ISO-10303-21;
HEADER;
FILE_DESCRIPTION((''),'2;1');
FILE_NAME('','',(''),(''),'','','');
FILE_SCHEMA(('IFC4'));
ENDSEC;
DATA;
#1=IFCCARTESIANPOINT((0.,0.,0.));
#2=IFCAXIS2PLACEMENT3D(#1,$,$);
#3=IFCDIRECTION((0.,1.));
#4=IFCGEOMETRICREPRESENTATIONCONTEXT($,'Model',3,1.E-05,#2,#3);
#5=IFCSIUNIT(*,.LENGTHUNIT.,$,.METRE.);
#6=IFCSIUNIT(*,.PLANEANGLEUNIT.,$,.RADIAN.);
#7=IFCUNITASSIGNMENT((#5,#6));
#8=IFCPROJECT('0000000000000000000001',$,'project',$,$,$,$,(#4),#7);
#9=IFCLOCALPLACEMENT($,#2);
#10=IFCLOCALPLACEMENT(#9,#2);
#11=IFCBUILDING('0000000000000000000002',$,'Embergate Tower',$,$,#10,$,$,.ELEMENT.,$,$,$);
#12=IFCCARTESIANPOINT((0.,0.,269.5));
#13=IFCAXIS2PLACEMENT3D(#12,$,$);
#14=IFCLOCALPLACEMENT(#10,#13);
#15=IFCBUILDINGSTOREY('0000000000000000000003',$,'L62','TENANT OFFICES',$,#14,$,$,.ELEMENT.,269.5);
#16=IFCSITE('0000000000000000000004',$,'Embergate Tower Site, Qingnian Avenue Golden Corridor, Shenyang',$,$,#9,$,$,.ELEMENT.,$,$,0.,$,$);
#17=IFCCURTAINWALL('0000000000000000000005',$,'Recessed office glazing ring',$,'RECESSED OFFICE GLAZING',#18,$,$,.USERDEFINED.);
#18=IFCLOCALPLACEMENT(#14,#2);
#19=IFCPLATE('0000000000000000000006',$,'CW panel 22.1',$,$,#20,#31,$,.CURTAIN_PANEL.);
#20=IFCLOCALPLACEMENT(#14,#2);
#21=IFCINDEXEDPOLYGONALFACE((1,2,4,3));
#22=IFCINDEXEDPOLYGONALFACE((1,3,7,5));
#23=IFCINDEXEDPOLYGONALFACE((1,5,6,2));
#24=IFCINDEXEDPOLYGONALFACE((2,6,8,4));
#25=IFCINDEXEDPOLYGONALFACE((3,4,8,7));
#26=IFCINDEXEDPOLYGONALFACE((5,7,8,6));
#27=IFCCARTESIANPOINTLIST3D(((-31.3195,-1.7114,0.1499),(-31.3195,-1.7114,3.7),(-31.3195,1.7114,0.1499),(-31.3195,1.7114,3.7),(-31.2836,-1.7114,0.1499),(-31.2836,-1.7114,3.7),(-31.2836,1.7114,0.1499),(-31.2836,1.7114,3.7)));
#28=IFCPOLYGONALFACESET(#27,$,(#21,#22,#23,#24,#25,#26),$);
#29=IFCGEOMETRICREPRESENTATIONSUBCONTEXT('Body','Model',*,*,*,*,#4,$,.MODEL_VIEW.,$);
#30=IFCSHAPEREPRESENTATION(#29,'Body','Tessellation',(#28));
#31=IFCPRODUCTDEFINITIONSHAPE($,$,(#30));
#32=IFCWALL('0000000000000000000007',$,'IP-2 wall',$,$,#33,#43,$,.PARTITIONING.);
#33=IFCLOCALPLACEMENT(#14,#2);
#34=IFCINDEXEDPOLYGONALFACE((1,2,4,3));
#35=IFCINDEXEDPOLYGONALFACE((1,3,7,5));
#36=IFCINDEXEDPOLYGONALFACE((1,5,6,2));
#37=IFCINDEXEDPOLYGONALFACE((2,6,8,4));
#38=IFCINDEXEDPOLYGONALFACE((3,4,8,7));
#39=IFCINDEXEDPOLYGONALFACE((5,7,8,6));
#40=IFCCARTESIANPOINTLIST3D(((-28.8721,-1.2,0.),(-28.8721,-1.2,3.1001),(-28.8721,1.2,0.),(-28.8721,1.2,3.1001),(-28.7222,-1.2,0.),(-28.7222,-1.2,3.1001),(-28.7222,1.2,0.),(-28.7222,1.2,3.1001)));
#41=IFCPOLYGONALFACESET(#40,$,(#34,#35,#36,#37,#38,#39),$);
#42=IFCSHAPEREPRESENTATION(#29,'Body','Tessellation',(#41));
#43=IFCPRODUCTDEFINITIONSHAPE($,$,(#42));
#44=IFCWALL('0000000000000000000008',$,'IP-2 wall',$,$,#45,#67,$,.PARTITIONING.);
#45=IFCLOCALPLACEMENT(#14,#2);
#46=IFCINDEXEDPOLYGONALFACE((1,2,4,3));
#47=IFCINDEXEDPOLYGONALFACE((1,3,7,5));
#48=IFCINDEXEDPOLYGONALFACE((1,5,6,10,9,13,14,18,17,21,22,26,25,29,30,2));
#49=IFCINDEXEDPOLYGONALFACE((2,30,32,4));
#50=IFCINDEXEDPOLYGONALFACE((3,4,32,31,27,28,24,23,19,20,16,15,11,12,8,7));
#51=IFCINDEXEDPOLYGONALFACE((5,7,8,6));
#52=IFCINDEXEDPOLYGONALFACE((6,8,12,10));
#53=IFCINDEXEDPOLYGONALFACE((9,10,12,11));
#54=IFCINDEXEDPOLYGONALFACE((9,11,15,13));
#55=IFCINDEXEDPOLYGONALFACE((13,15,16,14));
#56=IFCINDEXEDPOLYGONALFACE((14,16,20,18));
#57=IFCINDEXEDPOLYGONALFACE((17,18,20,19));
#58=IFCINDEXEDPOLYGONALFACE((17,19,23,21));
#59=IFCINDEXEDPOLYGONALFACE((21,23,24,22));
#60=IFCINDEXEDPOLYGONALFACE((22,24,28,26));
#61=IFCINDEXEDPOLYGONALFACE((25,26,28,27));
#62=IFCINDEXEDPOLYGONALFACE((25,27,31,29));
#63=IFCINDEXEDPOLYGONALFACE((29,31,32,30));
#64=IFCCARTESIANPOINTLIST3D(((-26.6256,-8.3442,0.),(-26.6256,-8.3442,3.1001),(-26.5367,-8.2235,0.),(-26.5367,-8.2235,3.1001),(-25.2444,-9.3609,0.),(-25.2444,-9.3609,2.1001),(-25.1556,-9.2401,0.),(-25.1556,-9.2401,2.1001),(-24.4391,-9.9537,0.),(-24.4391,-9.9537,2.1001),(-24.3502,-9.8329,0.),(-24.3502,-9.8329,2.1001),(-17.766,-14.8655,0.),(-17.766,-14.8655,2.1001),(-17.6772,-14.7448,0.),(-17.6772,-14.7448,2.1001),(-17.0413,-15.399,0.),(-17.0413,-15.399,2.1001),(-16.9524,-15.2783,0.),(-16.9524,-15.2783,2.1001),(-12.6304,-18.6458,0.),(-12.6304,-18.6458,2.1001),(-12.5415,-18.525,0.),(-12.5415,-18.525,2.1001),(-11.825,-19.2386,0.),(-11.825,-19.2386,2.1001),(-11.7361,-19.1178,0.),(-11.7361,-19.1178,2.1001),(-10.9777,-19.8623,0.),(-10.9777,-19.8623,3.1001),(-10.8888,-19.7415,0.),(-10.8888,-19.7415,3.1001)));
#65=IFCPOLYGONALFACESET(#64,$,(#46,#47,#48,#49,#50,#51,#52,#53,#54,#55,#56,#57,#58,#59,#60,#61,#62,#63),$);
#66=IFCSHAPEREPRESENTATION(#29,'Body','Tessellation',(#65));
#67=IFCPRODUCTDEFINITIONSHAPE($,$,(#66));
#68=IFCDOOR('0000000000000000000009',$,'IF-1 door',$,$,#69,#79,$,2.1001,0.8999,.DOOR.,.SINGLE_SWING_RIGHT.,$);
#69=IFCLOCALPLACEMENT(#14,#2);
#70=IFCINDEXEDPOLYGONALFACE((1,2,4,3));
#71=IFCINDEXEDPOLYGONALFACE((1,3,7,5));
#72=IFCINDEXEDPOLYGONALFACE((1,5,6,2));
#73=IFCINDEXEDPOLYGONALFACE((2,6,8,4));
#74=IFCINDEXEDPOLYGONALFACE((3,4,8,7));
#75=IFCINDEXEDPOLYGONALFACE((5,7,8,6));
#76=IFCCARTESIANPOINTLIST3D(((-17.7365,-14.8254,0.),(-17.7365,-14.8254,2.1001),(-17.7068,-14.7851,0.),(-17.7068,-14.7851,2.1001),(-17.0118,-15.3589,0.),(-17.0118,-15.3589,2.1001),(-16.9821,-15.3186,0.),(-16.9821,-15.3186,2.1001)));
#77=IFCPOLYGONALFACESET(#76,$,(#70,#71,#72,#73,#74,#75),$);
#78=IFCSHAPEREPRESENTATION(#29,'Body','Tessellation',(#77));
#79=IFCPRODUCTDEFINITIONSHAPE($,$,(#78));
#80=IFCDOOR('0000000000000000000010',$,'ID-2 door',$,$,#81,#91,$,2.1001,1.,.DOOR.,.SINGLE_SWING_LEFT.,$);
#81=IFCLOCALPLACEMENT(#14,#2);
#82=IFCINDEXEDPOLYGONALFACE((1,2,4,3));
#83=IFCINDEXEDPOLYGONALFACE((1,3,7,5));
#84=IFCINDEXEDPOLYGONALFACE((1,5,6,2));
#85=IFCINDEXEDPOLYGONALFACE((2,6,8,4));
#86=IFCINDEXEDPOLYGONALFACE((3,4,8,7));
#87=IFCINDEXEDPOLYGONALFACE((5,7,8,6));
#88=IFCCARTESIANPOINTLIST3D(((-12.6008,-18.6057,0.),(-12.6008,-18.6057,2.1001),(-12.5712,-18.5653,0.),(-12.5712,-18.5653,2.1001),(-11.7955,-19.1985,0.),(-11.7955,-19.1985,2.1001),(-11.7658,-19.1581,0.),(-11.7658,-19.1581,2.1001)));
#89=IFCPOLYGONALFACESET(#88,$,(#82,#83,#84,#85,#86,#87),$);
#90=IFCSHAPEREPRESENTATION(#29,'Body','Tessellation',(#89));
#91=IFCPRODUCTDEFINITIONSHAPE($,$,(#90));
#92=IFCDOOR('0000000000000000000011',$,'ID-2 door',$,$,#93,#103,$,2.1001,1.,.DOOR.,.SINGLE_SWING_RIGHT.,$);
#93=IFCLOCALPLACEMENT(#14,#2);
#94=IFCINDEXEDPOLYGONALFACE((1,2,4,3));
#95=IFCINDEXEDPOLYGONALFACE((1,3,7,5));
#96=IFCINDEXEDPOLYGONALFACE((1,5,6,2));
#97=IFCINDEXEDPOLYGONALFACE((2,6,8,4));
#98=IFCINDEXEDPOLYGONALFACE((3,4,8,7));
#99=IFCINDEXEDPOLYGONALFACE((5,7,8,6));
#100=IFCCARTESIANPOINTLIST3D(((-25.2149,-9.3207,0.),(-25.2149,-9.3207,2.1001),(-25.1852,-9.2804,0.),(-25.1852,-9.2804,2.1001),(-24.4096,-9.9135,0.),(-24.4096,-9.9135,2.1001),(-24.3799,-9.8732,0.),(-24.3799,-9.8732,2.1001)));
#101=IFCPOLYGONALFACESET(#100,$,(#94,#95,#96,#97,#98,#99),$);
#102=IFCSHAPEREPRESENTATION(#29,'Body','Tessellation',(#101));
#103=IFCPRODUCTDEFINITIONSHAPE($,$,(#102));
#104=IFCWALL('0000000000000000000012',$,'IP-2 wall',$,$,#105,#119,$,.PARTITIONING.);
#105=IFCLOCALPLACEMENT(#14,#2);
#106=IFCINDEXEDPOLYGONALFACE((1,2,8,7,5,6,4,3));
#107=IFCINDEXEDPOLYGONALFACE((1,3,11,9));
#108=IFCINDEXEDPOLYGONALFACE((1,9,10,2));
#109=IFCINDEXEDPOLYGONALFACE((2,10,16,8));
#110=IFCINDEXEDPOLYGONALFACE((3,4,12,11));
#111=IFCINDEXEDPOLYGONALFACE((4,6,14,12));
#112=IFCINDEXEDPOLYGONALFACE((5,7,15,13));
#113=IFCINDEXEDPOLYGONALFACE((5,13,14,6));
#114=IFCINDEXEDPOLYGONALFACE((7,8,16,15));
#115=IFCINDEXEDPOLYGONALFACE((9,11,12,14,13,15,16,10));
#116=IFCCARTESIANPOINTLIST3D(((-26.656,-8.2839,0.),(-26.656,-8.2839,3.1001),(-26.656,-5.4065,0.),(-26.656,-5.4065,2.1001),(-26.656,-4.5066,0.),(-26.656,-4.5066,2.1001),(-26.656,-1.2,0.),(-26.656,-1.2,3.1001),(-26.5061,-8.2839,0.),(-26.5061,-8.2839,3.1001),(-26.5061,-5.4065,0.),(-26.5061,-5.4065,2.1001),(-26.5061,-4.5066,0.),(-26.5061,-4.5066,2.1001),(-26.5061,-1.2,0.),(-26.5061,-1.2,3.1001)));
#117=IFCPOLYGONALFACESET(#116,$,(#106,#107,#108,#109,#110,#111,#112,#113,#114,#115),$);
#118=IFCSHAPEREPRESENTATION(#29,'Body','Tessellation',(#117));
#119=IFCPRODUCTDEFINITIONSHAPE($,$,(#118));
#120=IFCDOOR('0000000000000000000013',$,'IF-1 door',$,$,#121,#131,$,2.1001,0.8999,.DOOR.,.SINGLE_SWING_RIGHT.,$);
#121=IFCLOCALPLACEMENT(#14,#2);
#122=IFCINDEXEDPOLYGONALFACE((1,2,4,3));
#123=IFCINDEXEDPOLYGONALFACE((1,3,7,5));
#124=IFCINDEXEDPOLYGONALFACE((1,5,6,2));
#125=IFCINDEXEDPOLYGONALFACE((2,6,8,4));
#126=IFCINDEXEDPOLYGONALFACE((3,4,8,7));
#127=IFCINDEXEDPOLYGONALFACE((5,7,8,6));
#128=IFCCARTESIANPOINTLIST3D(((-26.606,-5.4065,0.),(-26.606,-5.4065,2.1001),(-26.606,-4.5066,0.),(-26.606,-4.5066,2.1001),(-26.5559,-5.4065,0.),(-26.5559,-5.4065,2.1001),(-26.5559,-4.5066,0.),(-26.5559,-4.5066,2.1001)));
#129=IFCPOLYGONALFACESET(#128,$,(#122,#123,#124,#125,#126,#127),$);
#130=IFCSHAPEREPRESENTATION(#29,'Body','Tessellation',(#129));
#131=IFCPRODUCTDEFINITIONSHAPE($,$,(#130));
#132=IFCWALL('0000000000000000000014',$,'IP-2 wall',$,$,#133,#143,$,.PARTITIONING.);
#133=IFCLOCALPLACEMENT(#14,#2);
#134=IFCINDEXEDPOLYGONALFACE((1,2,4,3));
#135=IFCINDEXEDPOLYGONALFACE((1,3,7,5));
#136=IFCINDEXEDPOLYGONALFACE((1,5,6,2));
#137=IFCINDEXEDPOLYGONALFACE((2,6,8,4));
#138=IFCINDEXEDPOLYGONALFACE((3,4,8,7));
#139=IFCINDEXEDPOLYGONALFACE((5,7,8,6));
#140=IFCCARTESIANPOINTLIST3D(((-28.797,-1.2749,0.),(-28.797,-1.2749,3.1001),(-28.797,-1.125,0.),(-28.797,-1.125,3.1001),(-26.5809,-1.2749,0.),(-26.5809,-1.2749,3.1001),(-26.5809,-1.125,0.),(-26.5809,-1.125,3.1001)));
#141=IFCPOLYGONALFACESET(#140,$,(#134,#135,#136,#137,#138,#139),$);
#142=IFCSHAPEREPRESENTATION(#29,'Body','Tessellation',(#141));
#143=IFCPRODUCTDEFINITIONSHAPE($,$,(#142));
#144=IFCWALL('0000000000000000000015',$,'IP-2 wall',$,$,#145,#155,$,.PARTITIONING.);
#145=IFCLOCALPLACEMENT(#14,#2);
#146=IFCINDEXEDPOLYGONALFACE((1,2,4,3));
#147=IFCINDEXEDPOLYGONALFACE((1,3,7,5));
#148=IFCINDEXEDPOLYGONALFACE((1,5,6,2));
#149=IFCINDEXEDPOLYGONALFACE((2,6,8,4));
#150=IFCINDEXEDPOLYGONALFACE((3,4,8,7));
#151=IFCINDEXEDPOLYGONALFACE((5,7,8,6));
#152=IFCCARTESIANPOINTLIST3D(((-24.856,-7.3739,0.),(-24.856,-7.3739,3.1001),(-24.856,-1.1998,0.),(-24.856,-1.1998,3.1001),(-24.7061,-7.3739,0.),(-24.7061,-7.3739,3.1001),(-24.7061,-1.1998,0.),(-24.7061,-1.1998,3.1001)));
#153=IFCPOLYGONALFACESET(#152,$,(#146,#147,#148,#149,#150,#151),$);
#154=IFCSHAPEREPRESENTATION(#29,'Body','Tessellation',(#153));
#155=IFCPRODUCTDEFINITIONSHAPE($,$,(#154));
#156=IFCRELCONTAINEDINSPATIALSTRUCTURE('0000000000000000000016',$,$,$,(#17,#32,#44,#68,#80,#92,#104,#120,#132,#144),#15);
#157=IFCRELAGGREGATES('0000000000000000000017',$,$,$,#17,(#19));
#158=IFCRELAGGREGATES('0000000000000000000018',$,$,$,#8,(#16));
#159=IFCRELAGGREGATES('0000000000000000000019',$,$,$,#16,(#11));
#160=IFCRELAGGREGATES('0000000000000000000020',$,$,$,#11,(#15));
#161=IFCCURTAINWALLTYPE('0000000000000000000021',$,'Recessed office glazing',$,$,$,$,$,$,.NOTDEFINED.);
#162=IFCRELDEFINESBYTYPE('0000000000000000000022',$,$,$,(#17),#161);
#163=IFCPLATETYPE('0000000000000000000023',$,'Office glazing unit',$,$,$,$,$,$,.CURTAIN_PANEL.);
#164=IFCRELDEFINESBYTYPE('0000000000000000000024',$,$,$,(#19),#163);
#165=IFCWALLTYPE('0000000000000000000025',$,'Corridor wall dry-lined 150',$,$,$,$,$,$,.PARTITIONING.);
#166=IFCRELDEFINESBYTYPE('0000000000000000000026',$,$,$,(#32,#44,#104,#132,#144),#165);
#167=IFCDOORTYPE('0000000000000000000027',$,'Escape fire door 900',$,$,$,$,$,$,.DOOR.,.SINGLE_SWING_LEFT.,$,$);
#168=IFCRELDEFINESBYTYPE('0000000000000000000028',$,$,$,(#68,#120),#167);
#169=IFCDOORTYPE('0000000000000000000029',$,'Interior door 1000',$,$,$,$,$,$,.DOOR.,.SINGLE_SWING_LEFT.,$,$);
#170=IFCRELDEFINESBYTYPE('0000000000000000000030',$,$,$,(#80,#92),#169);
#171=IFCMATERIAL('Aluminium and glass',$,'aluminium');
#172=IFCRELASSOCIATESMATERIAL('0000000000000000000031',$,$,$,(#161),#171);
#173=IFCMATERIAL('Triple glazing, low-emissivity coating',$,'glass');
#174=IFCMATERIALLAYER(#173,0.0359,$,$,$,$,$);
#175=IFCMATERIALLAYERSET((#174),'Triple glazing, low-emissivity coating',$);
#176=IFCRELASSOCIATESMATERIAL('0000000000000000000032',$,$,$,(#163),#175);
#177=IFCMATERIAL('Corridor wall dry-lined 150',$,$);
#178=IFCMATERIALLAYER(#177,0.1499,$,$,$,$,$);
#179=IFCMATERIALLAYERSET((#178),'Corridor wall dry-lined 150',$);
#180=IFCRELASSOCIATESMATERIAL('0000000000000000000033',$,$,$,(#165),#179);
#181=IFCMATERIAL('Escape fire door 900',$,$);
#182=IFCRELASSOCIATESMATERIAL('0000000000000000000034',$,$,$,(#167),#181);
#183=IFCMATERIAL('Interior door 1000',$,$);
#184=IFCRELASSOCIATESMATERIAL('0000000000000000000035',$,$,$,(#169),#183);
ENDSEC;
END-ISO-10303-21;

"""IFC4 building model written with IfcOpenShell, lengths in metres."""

from ifc_helpers import new_model, si_unit, direction, frame, frame_2d, origin, origin_2d, place, context, subcontext, project, spatial, rectangle, extrude, source, transform, mapped, material, layer, layer_set, type_object, element, fill, aggregate, save


model = new_model("IFC4")

# Units and contexts
model_context = context("Model", 3, precision=1e-05, world=origin(), true_north=direction((0.0, 1.0)))
body_context = subcontext(model_context, "Body", "Model", "MODEL_VIEW")
ifc_project = project(units=[si_unit("LENGTHUNIT", "METRE"), si_unit("PLANEANGLEUNIT", "RADIAN")], contexts=[model_context])

# Site, building, storey
site_placement = place(None, origin())
site = spatial("IfcSite", under=ifc_project, at=site_placement, Name="Embergate Tower Site, Qingnian Avenue Golden Corridor, Shenyang", CompositionType="ELEMENT", RefElevation=0.0)
building_placement = place(site_placement, origin())
building = spatial("IfcBuilding", under=site, at=building_placement, Name="Embergate Tower", CompositionType="ELEMENT")
storey_placement = place(building_placement, frame((0.0, 0.0, 269.5)))
storey = spatial("IfcBuildingStorey", under=building, at=storey_placement, Name="L62", Description="TENANT OFFICES", CompositionType="ELEMENT", Elevation=269.5)

# Curtain wall, plate
ifc_material_1 = material(Name="Aluminium and glass", Category="aluminium")
curtain_wall_type = type_object("IfcCurtainWallType", Name="Recessed office glazing", PredefinedType="NOTDEFINED", material=ifc_material_1)
curtain_wall_placement = place(storey_placement, origin())
curtain_wall = element("IfcCurtainWall", 1, at=curtain_wall_placement, inside=storey, type_object=curtain_wall_type, Name="Recessed office glazing ring", ObjectType="RECESSED OFFICE GLAZING", PredefinedType="USERDEFINED")
ifc_material_2 = material(Name="Triple glazing, low-emissivity coating", Category="glass")
ifc_layer_1 = layer(ifc_material_2, 0.0359)
ifc_layer_set_1 = layer_set([ifc_layer_1], Name="Triple glazing, low-emissivity coating")
plate_type = type_object("IfcPlateType", Name="Office glazing unit", PredefinedType="CURTAIN_PANEL", material=ifc_layer_set_1)
shared_shape_1 = source(origin(), body_context, "Body", "SweptSolid", [
    extrude(rectangle(XDim=3.4229, YDim=0.0359, at=origin_2d()), origin(), (0.0, 0.0, 1.0), 3.55),
])
plate_1_placement = place(storey_placement, frame((-31.3015, 0.0, 0.1499), z_axis=(0.0, 0.0, 1.0), x_axis=(0.0, -1.0, 0.0)))
plate_1 = element("IfcPlate", 2, at=plate_1_placement, type_object=plate_type, Name="CW panel 22.1", PredefinedType="CURTAIN_PANEL", context=body_context, shape_type="MappedRepresentation", body=[
    mapped(shared_shape_1, transform((0.0, 0.0, 0.0))),
])
aggregate(curtain_wall, [plate_1])

# Wall
ifc_material_3 = material(Name="Corridor wall dry-lined 150")
ifc_layer_2 = layer(ifc_material_3, 0.1499)
ifc_layer_set_2 = layer_set([ifc_layer_2], Name="Corridor wall dry-lined 150")
wall_type_1 = type_object("IfcWallType", Name="Corridor wall dry-lined 150", PredefinedType="PARTITIONING", material=ifc_layer_set_2)
shared_shape_2 = source(origin(), body_context, "Body", "SweptSolid", [
    extrude(rectangle(XDim=2.3999, YDim=0.1499, at=frame_2d((1.2, 0.0))), origin(), (0.0, 0.0, 1.0), 3.1001),
])
wall_1_placement = place(storey_placement, frame((-28.7971, -1.2, 0.0), z_axis=(0.0, 0.0, 1.0), x_axis=(0.0, 1.0, 0.0)))
element("IfcWall", 3, at=wall_1_placement, inside=storey, type_object=wall_type_1, Name="IP-2 wall", PredefinedType="PARTITIONING", context=body_context, shape_type="MappedRepresentation", body=[
    mapped(shared_shape_2, transform((0.0, 0.0, 0.0))),
])

# Wall, openings, doors
shared_shape_3 = source(origin(), body_context, "Body", "SweptSolid", [
    extrude(rectangle(XDim=19.4299, YDim=0.1499, at=frame_2d((9.7148, 0.0))), origin(), (0.0, 0.0, 1.0), 3.1001),
])
wall_2_placement = place(storey_placement, frame((-26.5811, -8.2839, 0.0), z_axis=(0.0, 0.0, 1.0), x_axis=(0.805351, -0.592799, 0.0)))
wall_2 = element("IfcWall", 4, at=wall_2_placement, inside=storey, type_object=wall_type_1, Name="IP-2 wall", PredefinedType="PARTITIONING", context=body_context, shape_type="MappedRepresentation", body=[
    mapped(shared_shape_3, transform((0.0, 0.0, 0.0))),
])
shared_shape_4 = source(origin(), body_context, "Body", "SweptSolid", [
    extrude(rectangle(XDim=0.8999, YDim=2.1001, at=frame_2d((0.45, 1.05))), frame((0.0, 0.085, 0.0), z_axis=(0.0, -1.0, 0.0), x_axis=(1.0, 0.0, 0.0)), (0.0, 0.0, 1.0), 0.1699),
])
opening_1_placement = place(wall_2_placement, frame((11.0007, 0.0, 0.0)))
opening_1 = element("IfcOpeningElement", 5, at=opening_1_placement, cuts=wall_2, PredefinedType="OPENING", context=body_context, shape_type="MappedRepresentation", body=[
    mapped(shared_shape_4, transform((0.0, 0.0, 0.0))),
])
shared_shape_5 = source(origin(), body_context, "Body", "SweptSolid", [
    extrude(rectangle(XDim=1.0, YDim=2.1001, at=frame_2d((0.5, 1.05))), frame((0.0, 0.085, 0.0), z_axis=(0.0, -1.0, 0.0), x_axis=(1.0, 0.0, 0.0)), (0.0, 0.0, 1.0), 0.1699),
])
opening_2_placement = place(wall_2_placement, frame((17.3777, 0.0, 0.0)))
opening_2 = element("IfcOpeningElement", 6, at=opening_2_placement, cuts=wall_2, PredefinedType="OPENING", context=body_context, shape_type="MappedRepresentation", body=[
    mapped(shared_shape_5, transform((0.0, 0.0, 0.0))),
])
opening_3_placement = place(wall_2_placement, frame((1.7148, 0.0, 0.0)))
opening_3 = element("IfcOpeningElement", 7, at=opening_3_placement, cuts=wall_2, PredefinedType="OPENING", context=body_context, shape_type="MappedRepresentation", body=[
    mapped(shared_shape_5, transform((0.0, 0.0, 0.0))),
])
ifc_material_4 = material(Name="Escape fire door 900")
door_type_1 = type_object("IfcDoorType", Name="Escape fire door 900", OperationType="SINGLE_SWING_LEFT", PredefinedType="DOOR", material=ifc_material_4)
shared_shape_6 = source(origin(), body_context, "Body", "SweptSolid", [
    extrude(rectangle(XDim=0.8999, YDim=2.1001, at=frame_2d((0.45, 1.05))), frame((0.0, 0.0249, 0.0), z_axis=(0.0, -1.0, 0.0), x_axis=(1.0, 0.0, 0.0)), (0.0, 0.0, 1.0), 0.05),
])
door_1_placement = place(opening_1_placement, origin())
door_1 = element("IfcDoor", 8, at=door_1_placement, inside=storey, type_object=door_type_1, Name="IF-1 door", OperationType="SINGLE_SWING_RIGHT", OverallHeight=2.1001, OverallWidth=0.8999, PredefinedType="DOOR", context=body_context, shape_type="MappedRepresentation", body=[
    mapped(shared_shape_6, transform((0.0, 0.0, 0.0))),
])
fill(opening_1, door_1)
ifc_material_5 = material(Name="Interior door 1000")
door_type_2 = type_object("IfcDoorType", Name="Interior door 1000", OperationType="SINGLE_SWING_LEFT", PredefinedType="DOOR", material=ifc_material_5)
shared_shape_7 = source(origin(), body_context, "Body", "SweptSolid", [
    extrude(rectangle(XDim=1.0, YDim=2.1001, at=frame_2d((0.5, 1.05))), frame((0.0, 0.0249, 0.0), z_axis=(0.0, -1.0, 0.0), x_axis=(1.0, 0.0, 0.0)), (0.0, 0.0, 1.0), 0.05),
])
door_2_placement = place(opening_2_placement, origin())
door_2 = element("IfcDoor", 9, at=door_2_placement, inside=storey, type_object=door_type_2, Name="ID-2 door", OperationType="SINGLE_SWING_LEFT", OverallHeight=2.1001, OverallWidth=1.0, PredefinedType="DOOR", context=body_context, shape_type="MappedRepresentation", body=[
    mapped(shared_shape_7, transform((0.0, 0.0, 0.0))),
])
fill(opening_2, door_2)
door_3_placement = place(opening_3_placement, origin())
door_3 = element("IfcDoor", 10, at=door_3_placement, inside=storey, type_object=door_type_2, Name="ID-2 door", OperationType="SINGLE_SWING_RIGHT", OverallHeight=2.1001, OverallWidth=1.0, PredefinedType="DOOR", context=body_context, shape_type="MappedRepresentation", body=[
    mapped(shared_shape_7, transform((0.0, 0.0, 0.0))),
])
fill(opening_3, door_3)

# Wall, opening, door
shared_shape_8 = source(origin(), body_context, "Body", "SweptSolid", [
    extrude(rectangle(XDim=7.084, YDim=0.1499, at=frame_2d((3.542, 0.0))), origin(), (0.0, 0.0, 1.0), 3.1001),
])
wall_3_placement = place(storey_placement, frame((-26.5811, -8.2839, 0.0), z_axis=(0.0, 0.0, 1.0), x_axis=(0.0, 1.0, 0.0)))
wall_3 = element("IfcWall", 11, at=wall_3_placement, inside=storey, type_object=wall_type_1, Name="IP-2 wall", PredefinedType="PARTITIONING", context=body_context, shape_type="MappedRepresentation", body=[
    mapped(shared_shape_8, transform((0.0, 0.0, 0.0))),
])
opening_4_placement = place(wall_3_placement, frame((2.8774, 0.0, 0.0)))
opening_4 = element("IfcOpeningElement", 12, at=opening_4_placement, cuts=wall_3, PredefinedType="OPENING", context=body_context, shape_type="MappedRepresentation", body=[
    mapped(shared_shape_4, transform((0.0, 0.0, 0.0))),
])
door_4_placement = place(opening_4_placement, origin())
door_4 = element("IfcDoor", 13, at=door_4_placement, inside=storey, type_object=door_type_1, Name="IF-1 door", OperationType="SINGLE_SWING_RIGHT", OverallHeight=2.1001, OverallWidth=0.8999, PredefinedType="DOOR", context=body_context, shape_type="MappedRepresentation", body=[
    mapped(shared_shape_6, transform((0.0, 0.0, 0.0))),
])
fill(opening_4, door_4)

# Walls
shared_shape_9 = source(origin(), body_context, "Body", "SweptSolid", [
    extrude(rectangle(XDim=2.2161, YDim=0.1499, at=frame_2d((1.1079, 0.0))), origin(), (0.0, 0.0, 1.0), 3.1001),
])
wall_4_placement = place(storey_placement, frame((-26.5811, -1.2, 0.0), z_axis=(0.0, 0.0, 1.0), x_axis=(-1.0, 0.0, 0.0)))
element("IfcWall", 14, at=wall_4_placement, inside=storey, type_object=wall_type_1, Name="IP-2 wall", PredefinedType="PARTITIONING", context=body_context, shape_type="MappedRepresentation", body=[
    mapped(shared_shape_9, transform((0.0, 0.0, 0.0))),
])
shared_shape_10 = source(origin(), body_context, "Body", "SweptSolid", [
    extrude(rectangle(XDim=6.1741, YDim=0.1499, at=frame_2d((3.0869, 0.0))), origin(), (0.0, 0.0, 1.0), 3.1001),
])
wall_5_placement = place(storey_placement, frame((-24.781, -1.2, 0.0), z_axis=(0.0, 0.0, 1.0), x_axis=(0.0, -1.0, 0.0)))
element("IfcWall", 15, at=wall_5_placement, inside=storey, type_object=wall_type_1, Name="IP-2 wall", PredefinedType="PARTITIONING", context=body_context, shape_type="MappedRepresentation", body=[
    mapped(shared_shape_10, transform((0.0, 0.0, 0.0))),
])

save(model, "model.ifc")
